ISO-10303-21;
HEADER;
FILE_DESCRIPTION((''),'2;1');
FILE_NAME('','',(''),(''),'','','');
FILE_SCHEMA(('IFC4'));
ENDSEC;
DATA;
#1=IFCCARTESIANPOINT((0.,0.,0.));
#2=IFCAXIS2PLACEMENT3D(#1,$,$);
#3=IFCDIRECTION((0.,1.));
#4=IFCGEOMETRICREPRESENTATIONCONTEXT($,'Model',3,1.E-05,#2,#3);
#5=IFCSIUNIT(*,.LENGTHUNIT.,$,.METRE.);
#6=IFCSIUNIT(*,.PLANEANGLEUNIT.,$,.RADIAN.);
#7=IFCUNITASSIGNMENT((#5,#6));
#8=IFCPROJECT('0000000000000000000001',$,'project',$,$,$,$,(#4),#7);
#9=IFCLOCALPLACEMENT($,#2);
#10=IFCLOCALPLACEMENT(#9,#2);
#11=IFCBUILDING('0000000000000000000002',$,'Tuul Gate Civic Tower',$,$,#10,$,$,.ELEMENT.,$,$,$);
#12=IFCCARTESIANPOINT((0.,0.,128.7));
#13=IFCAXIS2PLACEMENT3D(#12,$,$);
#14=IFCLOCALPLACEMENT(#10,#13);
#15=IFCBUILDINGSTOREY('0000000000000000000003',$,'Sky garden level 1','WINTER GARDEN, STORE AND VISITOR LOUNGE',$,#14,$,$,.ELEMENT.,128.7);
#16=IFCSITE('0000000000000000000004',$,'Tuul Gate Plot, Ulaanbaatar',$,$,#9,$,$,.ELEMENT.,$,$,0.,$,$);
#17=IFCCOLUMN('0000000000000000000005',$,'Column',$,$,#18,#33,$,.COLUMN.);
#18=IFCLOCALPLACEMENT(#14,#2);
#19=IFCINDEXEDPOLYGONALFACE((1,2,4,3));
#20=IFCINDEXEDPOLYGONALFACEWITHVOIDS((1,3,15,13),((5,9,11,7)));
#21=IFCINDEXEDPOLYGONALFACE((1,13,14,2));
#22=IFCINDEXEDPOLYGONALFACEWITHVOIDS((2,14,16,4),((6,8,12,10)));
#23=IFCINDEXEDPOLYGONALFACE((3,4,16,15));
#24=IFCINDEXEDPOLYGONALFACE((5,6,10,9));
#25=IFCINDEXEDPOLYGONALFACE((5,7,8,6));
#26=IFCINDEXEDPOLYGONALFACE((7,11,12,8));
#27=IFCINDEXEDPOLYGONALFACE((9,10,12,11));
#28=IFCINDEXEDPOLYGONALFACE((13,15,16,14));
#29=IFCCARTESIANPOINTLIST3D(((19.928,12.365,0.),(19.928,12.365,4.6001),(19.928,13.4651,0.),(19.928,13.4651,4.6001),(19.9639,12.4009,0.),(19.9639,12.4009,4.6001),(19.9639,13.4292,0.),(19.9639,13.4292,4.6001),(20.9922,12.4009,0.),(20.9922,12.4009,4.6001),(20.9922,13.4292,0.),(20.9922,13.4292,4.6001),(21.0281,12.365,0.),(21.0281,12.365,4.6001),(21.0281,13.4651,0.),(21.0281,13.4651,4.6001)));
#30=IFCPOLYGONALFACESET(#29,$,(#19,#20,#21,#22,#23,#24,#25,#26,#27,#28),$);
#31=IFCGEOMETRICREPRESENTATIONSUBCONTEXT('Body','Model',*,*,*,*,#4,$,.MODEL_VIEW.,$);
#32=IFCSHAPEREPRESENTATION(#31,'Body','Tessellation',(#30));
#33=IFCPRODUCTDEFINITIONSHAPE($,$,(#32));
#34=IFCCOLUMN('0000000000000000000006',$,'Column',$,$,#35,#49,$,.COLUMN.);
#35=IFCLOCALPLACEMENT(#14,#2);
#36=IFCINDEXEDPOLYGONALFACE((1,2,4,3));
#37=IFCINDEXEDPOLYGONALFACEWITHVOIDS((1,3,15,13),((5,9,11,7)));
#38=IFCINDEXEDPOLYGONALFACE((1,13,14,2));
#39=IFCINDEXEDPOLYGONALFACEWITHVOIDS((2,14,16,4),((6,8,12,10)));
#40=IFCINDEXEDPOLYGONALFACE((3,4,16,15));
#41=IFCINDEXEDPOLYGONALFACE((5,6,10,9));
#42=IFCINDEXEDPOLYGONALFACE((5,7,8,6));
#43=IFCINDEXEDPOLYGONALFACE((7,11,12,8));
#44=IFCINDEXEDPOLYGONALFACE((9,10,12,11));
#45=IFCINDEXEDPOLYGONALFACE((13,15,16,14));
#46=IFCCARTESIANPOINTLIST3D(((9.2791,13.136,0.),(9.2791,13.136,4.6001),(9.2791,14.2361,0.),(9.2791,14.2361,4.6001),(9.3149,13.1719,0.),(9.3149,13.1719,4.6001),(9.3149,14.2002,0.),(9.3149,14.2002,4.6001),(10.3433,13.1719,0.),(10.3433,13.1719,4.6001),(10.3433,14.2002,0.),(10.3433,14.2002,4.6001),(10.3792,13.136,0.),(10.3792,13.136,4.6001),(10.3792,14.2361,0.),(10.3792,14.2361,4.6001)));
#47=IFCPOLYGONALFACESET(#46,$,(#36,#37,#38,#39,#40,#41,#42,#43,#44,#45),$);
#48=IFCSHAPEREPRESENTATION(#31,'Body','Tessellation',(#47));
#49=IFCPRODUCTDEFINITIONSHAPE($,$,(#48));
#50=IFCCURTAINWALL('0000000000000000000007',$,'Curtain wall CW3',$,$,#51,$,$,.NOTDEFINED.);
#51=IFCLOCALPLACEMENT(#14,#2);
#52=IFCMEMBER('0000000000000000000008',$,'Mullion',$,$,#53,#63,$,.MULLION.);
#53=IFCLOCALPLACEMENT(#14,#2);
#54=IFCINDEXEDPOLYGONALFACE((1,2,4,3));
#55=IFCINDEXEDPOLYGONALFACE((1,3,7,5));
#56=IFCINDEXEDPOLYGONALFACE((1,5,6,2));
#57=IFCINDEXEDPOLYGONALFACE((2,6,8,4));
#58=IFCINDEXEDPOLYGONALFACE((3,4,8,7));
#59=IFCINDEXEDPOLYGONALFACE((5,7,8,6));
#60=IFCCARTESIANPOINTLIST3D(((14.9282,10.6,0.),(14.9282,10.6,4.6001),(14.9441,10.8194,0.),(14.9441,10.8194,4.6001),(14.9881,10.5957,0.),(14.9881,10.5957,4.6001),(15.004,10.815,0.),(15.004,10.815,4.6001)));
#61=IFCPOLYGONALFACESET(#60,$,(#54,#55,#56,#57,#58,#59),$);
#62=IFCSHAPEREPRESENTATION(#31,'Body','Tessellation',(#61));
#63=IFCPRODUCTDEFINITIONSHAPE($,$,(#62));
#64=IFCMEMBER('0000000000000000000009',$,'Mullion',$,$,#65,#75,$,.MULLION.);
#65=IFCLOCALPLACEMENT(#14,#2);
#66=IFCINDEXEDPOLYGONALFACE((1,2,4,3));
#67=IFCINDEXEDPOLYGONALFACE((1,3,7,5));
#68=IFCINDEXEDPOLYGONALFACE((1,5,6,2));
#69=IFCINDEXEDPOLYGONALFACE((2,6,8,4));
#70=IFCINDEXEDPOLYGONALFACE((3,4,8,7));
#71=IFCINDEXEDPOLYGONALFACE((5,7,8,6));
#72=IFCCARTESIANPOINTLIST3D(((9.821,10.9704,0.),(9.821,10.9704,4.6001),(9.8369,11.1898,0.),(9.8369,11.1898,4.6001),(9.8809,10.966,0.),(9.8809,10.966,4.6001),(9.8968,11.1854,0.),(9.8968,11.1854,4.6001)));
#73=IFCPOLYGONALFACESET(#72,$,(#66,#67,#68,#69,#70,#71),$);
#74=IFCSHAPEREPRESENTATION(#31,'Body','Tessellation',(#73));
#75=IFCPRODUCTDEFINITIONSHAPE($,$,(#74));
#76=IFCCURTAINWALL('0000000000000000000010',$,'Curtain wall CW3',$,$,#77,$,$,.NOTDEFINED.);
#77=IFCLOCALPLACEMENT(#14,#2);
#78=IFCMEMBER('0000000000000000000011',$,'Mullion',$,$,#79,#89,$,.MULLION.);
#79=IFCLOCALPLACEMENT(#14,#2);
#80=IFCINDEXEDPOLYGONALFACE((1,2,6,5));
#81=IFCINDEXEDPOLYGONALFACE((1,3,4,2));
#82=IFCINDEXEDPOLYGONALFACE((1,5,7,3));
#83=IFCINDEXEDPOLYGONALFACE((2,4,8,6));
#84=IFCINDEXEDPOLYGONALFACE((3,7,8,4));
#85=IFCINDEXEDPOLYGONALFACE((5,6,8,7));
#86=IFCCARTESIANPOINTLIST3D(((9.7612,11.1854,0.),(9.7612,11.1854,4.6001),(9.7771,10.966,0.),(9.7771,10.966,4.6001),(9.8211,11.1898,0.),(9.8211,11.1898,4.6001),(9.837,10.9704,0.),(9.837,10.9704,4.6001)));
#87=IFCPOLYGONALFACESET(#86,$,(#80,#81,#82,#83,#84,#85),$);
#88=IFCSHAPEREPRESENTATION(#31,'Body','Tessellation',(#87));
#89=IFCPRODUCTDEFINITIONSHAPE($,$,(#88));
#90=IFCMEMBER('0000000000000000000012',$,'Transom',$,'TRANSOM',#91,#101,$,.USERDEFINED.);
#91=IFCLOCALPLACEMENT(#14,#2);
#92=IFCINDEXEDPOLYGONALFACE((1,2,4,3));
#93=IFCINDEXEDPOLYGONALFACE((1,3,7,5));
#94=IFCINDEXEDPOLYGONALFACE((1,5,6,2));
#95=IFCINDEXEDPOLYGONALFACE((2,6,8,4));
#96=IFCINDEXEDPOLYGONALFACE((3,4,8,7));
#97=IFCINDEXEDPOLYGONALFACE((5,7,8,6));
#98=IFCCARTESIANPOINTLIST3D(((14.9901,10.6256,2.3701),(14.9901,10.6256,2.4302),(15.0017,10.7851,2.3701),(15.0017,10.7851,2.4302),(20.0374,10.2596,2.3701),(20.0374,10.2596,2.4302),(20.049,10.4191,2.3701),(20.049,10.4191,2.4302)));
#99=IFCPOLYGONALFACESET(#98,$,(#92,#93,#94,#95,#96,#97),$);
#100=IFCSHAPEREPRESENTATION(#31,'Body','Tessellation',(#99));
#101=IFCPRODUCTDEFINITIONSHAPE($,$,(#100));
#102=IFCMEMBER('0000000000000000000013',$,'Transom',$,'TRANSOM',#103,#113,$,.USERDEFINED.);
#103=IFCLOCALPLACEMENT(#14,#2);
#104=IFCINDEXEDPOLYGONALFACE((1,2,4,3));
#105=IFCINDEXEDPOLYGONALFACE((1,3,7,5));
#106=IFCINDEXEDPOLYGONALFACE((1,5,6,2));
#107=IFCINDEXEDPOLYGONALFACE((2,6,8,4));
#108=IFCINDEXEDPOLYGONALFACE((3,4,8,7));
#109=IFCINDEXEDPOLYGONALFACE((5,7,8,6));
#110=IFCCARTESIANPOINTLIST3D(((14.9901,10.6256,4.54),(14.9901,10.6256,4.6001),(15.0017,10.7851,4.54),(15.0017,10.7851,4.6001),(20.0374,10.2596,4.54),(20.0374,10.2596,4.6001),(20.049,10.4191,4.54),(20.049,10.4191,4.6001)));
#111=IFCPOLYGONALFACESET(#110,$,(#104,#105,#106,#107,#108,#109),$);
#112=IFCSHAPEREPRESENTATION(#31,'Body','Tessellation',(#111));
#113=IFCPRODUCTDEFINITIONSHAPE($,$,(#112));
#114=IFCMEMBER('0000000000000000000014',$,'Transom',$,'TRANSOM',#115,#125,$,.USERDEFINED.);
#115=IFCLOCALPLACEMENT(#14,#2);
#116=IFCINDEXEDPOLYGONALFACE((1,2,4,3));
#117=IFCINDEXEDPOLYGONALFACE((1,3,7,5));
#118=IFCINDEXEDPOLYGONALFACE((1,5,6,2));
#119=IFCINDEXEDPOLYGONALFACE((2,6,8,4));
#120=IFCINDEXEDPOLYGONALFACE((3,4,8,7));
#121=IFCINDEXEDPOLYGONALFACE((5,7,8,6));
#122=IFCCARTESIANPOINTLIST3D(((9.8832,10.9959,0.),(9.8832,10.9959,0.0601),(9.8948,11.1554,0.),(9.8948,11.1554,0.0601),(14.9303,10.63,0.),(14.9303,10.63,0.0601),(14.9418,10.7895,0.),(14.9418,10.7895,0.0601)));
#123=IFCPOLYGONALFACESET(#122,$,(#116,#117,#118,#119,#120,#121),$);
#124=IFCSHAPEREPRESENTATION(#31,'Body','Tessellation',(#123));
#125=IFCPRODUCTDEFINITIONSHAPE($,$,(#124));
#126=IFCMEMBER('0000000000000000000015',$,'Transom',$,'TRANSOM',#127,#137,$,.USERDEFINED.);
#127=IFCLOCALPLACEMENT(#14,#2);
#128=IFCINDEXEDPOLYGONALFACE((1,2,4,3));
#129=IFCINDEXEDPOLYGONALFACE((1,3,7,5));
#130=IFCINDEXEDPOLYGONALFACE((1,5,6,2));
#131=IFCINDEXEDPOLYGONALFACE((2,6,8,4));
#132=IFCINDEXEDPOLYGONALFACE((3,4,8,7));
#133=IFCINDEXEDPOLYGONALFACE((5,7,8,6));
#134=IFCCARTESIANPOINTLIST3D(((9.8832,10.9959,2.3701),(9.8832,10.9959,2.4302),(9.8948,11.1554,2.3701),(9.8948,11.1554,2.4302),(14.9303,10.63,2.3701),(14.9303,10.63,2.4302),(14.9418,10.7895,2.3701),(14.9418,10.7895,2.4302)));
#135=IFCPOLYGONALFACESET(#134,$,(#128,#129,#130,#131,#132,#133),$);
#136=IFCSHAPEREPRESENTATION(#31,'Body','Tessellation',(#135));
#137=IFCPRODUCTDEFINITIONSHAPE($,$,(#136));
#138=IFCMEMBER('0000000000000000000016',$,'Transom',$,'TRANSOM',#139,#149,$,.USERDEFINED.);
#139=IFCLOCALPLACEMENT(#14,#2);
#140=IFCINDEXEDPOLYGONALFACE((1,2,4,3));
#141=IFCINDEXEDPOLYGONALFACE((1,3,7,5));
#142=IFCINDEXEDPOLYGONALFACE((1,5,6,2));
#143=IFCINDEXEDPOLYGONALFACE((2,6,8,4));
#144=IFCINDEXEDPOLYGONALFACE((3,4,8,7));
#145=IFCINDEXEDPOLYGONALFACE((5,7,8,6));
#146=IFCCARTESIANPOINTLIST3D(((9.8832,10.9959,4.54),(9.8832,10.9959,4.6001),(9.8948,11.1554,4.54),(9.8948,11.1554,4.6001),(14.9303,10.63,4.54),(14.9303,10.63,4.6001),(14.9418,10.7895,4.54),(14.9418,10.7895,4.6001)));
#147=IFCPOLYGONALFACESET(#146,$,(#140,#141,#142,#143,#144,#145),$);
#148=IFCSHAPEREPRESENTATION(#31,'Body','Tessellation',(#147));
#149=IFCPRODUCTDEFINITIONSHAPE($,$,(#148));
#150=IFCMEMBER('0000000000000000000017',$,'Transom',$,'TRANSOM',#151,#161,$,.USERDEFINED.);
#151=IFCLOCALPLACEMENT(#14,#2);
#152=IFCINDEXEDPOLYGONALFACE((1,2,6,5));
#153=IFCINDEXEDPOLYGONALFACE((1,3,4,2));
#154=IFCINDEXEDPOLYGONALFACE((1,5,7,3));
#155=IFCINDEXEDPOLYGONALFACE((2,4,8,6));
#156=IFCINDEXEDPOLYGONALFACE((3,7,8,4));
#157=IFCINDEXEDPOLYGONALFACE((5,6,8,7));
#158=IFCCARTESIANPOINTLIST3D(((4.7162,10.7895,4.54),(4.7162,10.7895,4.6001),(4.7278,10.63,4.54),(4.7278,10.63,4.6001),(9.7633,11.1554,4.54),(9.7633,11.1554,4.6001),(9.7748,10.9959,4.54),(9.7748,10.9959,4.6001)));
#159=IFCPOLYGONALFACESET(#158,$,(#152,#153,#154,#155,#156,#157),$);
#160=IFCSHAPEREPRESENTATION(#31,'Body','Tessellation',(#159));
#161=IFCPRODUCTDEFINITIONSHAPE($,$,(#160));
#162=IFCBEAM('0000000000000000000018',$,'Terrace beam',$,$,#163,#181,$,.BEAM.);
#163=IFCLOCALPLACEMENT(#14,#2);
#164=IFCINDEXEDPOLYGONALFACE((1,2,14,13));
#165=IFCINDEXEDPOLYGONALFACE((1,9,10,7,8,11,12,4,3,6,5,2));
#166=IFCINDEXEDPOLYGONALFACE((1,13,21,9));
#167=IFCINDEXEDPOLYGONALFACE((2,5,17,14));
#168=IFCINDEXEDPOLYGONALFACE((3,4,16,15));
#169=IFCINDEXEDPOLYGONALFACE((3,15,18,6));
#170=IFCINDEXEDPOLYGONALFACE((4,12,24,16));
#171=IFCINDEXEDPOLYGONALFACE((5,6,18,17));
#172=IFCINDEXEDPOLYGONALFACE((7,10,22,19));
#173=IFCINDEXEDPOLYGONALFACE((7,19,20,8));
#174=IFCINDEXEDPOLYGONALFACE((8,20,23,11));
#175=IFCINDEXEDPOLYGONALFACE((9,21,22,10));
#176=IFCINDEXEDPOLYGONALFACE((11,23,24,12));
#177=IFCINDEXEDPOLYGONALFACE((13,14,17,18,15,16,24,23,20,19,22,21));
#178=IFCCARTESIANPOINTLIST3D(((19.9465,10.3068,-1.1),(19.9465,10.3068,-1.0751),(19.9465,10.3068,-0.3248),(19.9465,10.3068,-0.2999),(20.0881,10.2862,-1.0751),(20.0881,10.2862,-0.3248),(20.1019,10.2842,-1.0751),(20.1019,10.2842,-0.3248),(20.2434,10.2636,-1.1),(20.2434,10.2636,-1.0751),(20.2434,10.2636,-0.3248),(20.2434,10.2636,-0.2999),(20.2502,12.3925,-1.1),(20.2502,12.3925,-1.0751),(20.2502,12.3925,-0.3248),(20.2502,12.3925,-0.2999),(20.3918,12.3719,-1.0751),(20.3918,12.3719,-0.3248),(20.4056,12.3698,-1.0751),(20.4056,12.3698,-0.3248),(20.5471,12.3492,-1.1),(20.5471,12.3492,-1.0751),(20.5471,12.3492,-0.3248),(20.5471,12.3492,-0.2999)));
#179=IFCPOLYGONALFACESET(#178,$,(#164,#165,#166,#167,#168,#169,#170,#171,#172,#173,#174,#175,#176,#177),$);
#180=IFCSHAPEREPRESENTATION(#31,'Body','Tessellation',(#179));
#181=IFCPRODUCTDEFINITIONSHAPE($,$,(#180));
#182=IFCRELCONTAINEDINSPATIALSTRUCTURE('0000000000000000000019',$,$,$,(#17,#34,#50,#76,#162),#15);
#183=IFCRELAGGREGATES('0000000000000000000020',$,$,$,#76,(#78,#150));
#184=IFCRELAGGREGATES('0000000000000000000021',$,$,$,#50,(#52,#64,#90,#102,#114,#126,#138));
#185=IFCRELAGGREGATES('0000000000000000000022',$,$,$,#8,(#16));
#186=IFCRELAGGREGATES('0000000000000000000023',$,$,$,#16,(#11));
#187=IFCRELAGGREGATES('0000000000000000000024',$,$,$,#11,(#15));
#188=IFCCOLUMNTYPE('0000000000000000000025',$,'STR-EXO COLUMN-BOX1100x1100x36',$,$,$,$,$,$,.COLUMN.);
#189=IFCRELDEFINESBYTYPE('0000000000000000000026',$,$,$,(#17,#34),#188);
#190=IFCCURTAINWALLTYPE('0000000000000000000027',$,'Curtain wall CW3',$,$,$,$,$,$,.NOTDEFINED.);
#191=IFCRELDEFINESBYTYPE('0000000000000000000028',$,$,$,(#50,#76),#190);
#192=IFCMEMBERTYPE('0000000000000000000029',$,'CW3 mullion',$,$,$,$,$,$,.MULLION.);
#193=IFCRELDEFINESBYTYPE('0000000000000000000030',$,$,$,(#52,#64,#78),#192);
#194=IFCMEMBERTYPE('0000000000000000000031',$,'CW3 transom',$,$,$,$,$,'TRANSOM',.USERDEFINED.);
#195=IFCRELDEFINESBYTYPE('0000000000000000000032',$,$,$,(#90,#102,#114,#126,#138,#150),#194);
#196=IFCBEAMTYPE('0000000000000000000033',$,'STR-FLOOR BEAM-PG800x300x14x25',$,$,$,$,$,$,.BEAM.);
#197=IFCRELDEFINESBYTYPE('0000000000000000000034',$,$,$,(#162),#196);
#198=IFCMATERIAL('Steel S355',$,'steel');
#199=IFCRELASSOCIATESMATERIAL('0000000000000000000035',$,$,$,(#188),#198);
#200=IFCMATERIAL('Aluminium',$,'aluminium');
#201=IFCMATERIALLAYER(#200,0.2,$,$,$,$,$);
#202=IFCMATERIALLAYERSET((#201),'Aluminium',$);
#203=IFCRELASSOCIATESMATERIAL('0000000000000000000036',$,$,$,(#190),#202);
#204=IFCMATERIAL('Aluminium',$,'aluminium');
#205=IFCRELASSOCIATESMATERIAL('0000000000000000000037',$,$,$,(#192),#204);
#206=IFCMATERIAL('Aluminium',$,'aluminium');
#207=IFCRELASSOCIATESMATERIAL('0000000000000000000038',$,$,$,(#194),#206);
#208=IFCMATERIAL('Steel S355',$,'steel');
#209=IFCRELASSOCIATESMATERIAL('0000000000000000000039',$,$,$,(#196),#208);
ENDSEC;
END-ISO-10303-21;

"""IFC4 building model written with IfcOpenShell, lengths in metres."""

from ifc_helpers import new_model, si_unit, direction, frame, origin, origin_2d, place, context, subcontext, project, spatial, rectangle, hollow_rectangle, i_section, extrude, material, layer, layer_set, material_profile, profile_set, type_object, element, aggregate, save


model = new_model("IFC4")

# Units and contexts
model_context = context("Model", 3, precision=1e-05, world=origin(), true_north=direction((0.0, 1.0)))
body_context = subcontext(model_context, "Body", "Model", "MODEL_VIEW")
ifc_project = project(units=[si_unit("LENGTHUNIT", "METRE"), si_unit("PLANEANGLEUNIT", "RADIAN")], contexts=[model_context])

# Site, building, storey
site_placement = place(None, origin())
site = spatial("IfcSite", under=ifc_project, at=site_placement, Name="Tuul Gate Plot, Ulaanbaatar", CompositionType="ELEMENT", RefElevation=0.0)
building_placement = place(site_placement, origin())
building = spatial("IfcBuilding", under=site, at=building_placement, Name="Tuul Gate Civic Tower", CompositionType="ELEMENT")
storey_placement = place(building_placement, frame((0.0, 0.0, 128.7)))
storey = spatial("IfcBuildingStorey", under=building, at=storey_placement, Name="Sky garden level 1", Description="WINTER GARDEN, STORE AND VISITOR LOUNGE", CompositionType="ELEMENT", Elevation=128.7)

# Columns
ifc_material_1 = material(Name="Steel S355", Category="steel")
ifc_material_profile_1 = material_profile(ifc_material_1, hollow_rectangle(XDim=1.1001, YDim=1.1001, WallThickness=0.0359, at=origin_2d()), Name="BOX1100x1100x36")
ifc_profile_set_1 = profile_set([ifc_material_profile_1], Name="Steel S355")
column_type = type_object("IfcColumnType", Name="STR-EXO COLUMN-BOX1100x1100x36", PredefinedType="COLUMN", material=ifc_profile_set_1)
for number, where, z_axis, x_axis, name in (
    (1, (20.478, 12.915, 0.0), (0.0, 0.0, 1.0), (1.0, 0.0, 0.0), "Column"),
    (2, (9.8291, 13.686, 0.0), (0.0, 0.0, 1.0), (1.0, 0.0, 0.0), "Column"),
):
    element("IfcColumn", number, at=place(storey_placement, frame(where, z_axis=z_axis, x_axis=x_axis)), inside=storey, type_object=column_type, Name=name, PredefinedType="COLUMN", context=body_context, shape_type="SweptSolid", body=[
        extrude(hollow_rectangle(XDim=1.1001, YDim=1.1001, WallThickness=0.0359, at=origin_2d()), origin(), (0.0, 0.0, 1.0), 4.6001),
    ])

# Curtain wall, members
ifc_material_2 = material(Name="Aluminium", Category="aluminium")
ifc_layer_1 = layer(ifc_material_2, 0.2)
ifc_layer_set_1 = layer_set([ifc_layer_1], Name="Aluminium")
curtain_wall_type = type_object("IfcCurtainWallType", Name="Curtain wall CW3", PredefinedType="NOTDEFINED", material=ifc_layer_set_1)
curtain_wall_1_placement = place(storey_placement, origin())
curtain_wall_1 = element("IfcCurtainWall", 3, at=curtain_wall_1_placement, inside=storey, type_object=curtain_wall_type, Name="Curtain wall CW3", PredefinedType="NOTDEFINED")
ifc_material_3 = material(Name="Aluminium", Category="aluminium")
ifc_material_profile_2 = material_profile(ifc_material_3, rectangle(XDim=0.22, YDim=0.0601, at=origin_2d()), Name="CW3 mullion")
ifc_profile_set_2 = profile_set([ifc_material_profile_2], Name="Aluminium")
member_type_1 = type_object("IfcMemberType", Name="CW3 mullion", PredefinedType="MULLION", material=ifc_profile_set_2)
member_1_placement = place(storey_placement, frame((14.9661, 10.7075, 0.0), z_axis=(0.0, 0.0, 1.0), x_axis=(-0.072323, -0.997381, 0.0)))
member_1 = element("IfcMember", 4, at=member_1_placement, type_object=member_type_1, Name="Mullion", PredefinedType="MULLION", context=body_context, shape_type="SweptSolid", body=[
    extrude(rectangle(XDim=0.22, YDim=0.0601, at=origin_2d()), origin(), (0.0, 0.0, 1.0), 4.6001),
])
member_2_placement = place(storey_placement, frame((9.8589, 11.0779, 0.0), z_axis=(0.0, 0.0, 1.0), x_axis=(-0.072323, -0.997381, 0.0)))
member_2 = element("IfcMember", 5, at=member_2_placement, type_object=member_type_1, Name="Mullion", PredefinedType="MULLION", context=body_context, shape_type="SweptSolid", body=[
    extrude(rectangle(XDim=0.22, YDim=0.0601, at=origin_2d()), origin(), (0.0, 0.0, 1.0), 4.6001),
])

# Curtain wall, member
curtain_wall_2_placement = place(storey_placement, origin())
curtain_wall_2 = element("IfcCurtainWall", 6, at=curtain_wall_2_placement, inside=storey, type_object=curtain_wall_type, Name="Curtain wall CW3", PredefinedType="NOTDEFINED")
member_3_placement = place(storey_placement, frame((9.7991, 11.0779, 0.0), z_axis=(0.0, 0.0, 1.0), x_axis=(0.072323, -0.997381, 0.0)))
member_3 = element("IfcMember", 7, at=member_3_placement, type_object=member_type_1, Name="Mullion", PredefinedType="MULLION", context=body_context, shape_type="SweptSolid", body=[
    extrude(rectangle(XDim=0.22, YDim=0.0601, at=origin_2d()), origin(), (0.0, 0.0, 1.0), 4.6001),
])

# Members
ifc_material_4 = material(Name="Aluminium", Category="aluminium")
ifc_material_profile_3 = material_profile(ifc_material_4, rectangle(XDim=0.1599, YDim=0.0601, at=origin_2d()), Name="CW3 transom")
ifc_profile_set_3 = profile_set([ifc_material_profile_3], Name="Aluminium")
member_type_2 = type_object("IfcMemberType", Name="CW3 transom", ElementType="TRANSOM", PredefinedType="USERDEFINED", material=ifc_profile_set_3)
member_4_placement = place(storey_placement, frame((20.0432, 10.3394, 2.4001), z_axis=(-0.997382, 0.072317, 0.0), x_axis=(-0.072317, -0.997382, 0.0)))
member_4 = element("IfcMember", 8, at=member_4_placement, type_object=member_type_2, Name="Transom", ObjectType="TRANSOM", PredefinedType="USERDEFINED", context=body_context, shape_type="SweptSolid", body=[
    extrude(rectangle(XDim=0.1599, YDim=0.0601, at=origin_2d()), origin(), (0.0, 0.0, 1.0), 5.0605),
])
member_5_placement = place(storey_placement, frame((20.0432, 10.3394, 4.5701), z_axis=(-0.997382, 0.072317, 0.0), x_axis=(-0.072317, -0.997382, 0.0)))
member_5 = element("IfcMember", 9, at=member_5_placement, type_object=member_type_2, Name="Transom", ObjectType="TRANSOM", PredefinedType="USERDEFINED", context=body_context, shape_type="SweptSolid", body=[
    extrude(rectangle(XDim=0.1599, YDim=0.0601, at=origin_2d()), origin(), (0.0, 0.0, 1.0), 5.0605),
])
member_6_placement = place(storey_placement, frame((14.936, 10.7097, 0.03), z_axis=(-0.997381, 0.07232, 0.0), x_axis=(-0.07232, -0.997381, 0.0)))
member_6 = element("IfcMember", 10, at=member_6_placement, type_object=member_type_2, Name="Transom", ObjectType="TRANSOM", PredefinedType="USERDEFINED", context=body_context, shape_type="SweptSolid", body=[
    extrude(rectangle(XDim=0.1599, YDim=0.0601, at=origin_2d()), origin(), (0.0, 0.0, 1.0), 5.0603),
])
member_7_placement = place(storey_placement, frame((14.936, 10.7097, 2.4001), z_axis=(-0.997381, 0.07232, 0.0), x_axis=(-0.07232, -0.997381, 0.0)))
member_7 = element("IfcMember", 11, at=member_7_placement, type_object=member_type_2, Name="Transom", ObjectType="TRANSOM", PredefinedType="USERDEFINED", context=body_context, shape_type="SweptSolid", body=[
    extrude(rectangle(XDim=0.1599, YDim=0.0601, at=origin_2d()), origin(), (0.0, 0.0, 1.0), 5.0603),
])
member_8_placement = place(storey_placement, frame((14.936, 10.7097, 4.5701), z_axis=(-0.997381, 0.07232, 0.0), x_axis=(-0.07232, -0.997381, 0.0)))
member_8 = element("IfcMember", 12, at=member_8_placement, type_object=member_type_2, Name="Transom", ObjectType="TRANSOM", PredefinedType="USERDEFINED", context=body_context, shape_type="SweptSolid", body=[
    extrude(rectangle(XDim=0.1599, YDim=0.0601, at=origin_2d()), origin(), (0.0, 0.0, 1.0), 5.0603),
])
member_9_placement = place(storey_placement, frame((9.769, 11.0757, 4.5701), z_axis=(-0.997381, -0.07232, 0.0), x_axis=(0.07232, -0.997381, 0.0)))
member_9 = element("IfcMember", 13, at=member_9_placement, type_object=member_type_2, Name="Transom", ObjectType="TRANSOM", PredefinedType="USERDEFINED", context=body_context, shape_type="SweptSolid", body=[
    extrude(rectangle(XDim=0.1599, YDim=0.0601, at=origin_2d()), origin(), (0.0, 0.0, 1.0), 5.0603),
])
aggregate(curtain_wall_2, [member_3, member_9])

# Beam
ifc_material_5 = material(Name="Steel S355", Category="steel")
ifc_material_profile_4 = material_profile(ifc_material_5, i_section(OverallWidth=0.3, OverallDepth=0.8, WebThickness=0.0139, FlangeThickness=0.0249, at=origin_2d()), Name="PG800x300x14x25")
ifc_profile_set_4 = profile_set([ifc_material_profile_4], Name="Steel S355")
beam_type_1 = type_object("IfcBeamType", Name="STR-FLOOR BEAM-PG800x300x14x25", PredefinedType="BEAM", material=ifc_profile_set_4)
beam_1_placement = place(storey_placement, frame((20.3987, 12.3708, -0.7), z_axis=(-0.144097, -0.989564, 0.0), x_axis=(0.989564, -0.144097, 0.0)))
element("IfcBeam", 14, at=beam_1_placement, inside=storey, type_object=beam_type_1, Name="Terrace beam", PredefinedType="BEAM", context=body_context, shape_type="SweptSolid", body=[
    extrude(i_section(OverallWidth=0.3, OverallDepth=0.8, WebThickness=0.0139, FlangeThickness=0.0249, at=origin_2d()), origin(), (0.0, 0.0, 1.0), 2.1077),
])

aggregate(curtain_wall_1, [member_1, member_2, member_4, member_5, member_6, member_7, member_8])

save(model, "model.ifc")
